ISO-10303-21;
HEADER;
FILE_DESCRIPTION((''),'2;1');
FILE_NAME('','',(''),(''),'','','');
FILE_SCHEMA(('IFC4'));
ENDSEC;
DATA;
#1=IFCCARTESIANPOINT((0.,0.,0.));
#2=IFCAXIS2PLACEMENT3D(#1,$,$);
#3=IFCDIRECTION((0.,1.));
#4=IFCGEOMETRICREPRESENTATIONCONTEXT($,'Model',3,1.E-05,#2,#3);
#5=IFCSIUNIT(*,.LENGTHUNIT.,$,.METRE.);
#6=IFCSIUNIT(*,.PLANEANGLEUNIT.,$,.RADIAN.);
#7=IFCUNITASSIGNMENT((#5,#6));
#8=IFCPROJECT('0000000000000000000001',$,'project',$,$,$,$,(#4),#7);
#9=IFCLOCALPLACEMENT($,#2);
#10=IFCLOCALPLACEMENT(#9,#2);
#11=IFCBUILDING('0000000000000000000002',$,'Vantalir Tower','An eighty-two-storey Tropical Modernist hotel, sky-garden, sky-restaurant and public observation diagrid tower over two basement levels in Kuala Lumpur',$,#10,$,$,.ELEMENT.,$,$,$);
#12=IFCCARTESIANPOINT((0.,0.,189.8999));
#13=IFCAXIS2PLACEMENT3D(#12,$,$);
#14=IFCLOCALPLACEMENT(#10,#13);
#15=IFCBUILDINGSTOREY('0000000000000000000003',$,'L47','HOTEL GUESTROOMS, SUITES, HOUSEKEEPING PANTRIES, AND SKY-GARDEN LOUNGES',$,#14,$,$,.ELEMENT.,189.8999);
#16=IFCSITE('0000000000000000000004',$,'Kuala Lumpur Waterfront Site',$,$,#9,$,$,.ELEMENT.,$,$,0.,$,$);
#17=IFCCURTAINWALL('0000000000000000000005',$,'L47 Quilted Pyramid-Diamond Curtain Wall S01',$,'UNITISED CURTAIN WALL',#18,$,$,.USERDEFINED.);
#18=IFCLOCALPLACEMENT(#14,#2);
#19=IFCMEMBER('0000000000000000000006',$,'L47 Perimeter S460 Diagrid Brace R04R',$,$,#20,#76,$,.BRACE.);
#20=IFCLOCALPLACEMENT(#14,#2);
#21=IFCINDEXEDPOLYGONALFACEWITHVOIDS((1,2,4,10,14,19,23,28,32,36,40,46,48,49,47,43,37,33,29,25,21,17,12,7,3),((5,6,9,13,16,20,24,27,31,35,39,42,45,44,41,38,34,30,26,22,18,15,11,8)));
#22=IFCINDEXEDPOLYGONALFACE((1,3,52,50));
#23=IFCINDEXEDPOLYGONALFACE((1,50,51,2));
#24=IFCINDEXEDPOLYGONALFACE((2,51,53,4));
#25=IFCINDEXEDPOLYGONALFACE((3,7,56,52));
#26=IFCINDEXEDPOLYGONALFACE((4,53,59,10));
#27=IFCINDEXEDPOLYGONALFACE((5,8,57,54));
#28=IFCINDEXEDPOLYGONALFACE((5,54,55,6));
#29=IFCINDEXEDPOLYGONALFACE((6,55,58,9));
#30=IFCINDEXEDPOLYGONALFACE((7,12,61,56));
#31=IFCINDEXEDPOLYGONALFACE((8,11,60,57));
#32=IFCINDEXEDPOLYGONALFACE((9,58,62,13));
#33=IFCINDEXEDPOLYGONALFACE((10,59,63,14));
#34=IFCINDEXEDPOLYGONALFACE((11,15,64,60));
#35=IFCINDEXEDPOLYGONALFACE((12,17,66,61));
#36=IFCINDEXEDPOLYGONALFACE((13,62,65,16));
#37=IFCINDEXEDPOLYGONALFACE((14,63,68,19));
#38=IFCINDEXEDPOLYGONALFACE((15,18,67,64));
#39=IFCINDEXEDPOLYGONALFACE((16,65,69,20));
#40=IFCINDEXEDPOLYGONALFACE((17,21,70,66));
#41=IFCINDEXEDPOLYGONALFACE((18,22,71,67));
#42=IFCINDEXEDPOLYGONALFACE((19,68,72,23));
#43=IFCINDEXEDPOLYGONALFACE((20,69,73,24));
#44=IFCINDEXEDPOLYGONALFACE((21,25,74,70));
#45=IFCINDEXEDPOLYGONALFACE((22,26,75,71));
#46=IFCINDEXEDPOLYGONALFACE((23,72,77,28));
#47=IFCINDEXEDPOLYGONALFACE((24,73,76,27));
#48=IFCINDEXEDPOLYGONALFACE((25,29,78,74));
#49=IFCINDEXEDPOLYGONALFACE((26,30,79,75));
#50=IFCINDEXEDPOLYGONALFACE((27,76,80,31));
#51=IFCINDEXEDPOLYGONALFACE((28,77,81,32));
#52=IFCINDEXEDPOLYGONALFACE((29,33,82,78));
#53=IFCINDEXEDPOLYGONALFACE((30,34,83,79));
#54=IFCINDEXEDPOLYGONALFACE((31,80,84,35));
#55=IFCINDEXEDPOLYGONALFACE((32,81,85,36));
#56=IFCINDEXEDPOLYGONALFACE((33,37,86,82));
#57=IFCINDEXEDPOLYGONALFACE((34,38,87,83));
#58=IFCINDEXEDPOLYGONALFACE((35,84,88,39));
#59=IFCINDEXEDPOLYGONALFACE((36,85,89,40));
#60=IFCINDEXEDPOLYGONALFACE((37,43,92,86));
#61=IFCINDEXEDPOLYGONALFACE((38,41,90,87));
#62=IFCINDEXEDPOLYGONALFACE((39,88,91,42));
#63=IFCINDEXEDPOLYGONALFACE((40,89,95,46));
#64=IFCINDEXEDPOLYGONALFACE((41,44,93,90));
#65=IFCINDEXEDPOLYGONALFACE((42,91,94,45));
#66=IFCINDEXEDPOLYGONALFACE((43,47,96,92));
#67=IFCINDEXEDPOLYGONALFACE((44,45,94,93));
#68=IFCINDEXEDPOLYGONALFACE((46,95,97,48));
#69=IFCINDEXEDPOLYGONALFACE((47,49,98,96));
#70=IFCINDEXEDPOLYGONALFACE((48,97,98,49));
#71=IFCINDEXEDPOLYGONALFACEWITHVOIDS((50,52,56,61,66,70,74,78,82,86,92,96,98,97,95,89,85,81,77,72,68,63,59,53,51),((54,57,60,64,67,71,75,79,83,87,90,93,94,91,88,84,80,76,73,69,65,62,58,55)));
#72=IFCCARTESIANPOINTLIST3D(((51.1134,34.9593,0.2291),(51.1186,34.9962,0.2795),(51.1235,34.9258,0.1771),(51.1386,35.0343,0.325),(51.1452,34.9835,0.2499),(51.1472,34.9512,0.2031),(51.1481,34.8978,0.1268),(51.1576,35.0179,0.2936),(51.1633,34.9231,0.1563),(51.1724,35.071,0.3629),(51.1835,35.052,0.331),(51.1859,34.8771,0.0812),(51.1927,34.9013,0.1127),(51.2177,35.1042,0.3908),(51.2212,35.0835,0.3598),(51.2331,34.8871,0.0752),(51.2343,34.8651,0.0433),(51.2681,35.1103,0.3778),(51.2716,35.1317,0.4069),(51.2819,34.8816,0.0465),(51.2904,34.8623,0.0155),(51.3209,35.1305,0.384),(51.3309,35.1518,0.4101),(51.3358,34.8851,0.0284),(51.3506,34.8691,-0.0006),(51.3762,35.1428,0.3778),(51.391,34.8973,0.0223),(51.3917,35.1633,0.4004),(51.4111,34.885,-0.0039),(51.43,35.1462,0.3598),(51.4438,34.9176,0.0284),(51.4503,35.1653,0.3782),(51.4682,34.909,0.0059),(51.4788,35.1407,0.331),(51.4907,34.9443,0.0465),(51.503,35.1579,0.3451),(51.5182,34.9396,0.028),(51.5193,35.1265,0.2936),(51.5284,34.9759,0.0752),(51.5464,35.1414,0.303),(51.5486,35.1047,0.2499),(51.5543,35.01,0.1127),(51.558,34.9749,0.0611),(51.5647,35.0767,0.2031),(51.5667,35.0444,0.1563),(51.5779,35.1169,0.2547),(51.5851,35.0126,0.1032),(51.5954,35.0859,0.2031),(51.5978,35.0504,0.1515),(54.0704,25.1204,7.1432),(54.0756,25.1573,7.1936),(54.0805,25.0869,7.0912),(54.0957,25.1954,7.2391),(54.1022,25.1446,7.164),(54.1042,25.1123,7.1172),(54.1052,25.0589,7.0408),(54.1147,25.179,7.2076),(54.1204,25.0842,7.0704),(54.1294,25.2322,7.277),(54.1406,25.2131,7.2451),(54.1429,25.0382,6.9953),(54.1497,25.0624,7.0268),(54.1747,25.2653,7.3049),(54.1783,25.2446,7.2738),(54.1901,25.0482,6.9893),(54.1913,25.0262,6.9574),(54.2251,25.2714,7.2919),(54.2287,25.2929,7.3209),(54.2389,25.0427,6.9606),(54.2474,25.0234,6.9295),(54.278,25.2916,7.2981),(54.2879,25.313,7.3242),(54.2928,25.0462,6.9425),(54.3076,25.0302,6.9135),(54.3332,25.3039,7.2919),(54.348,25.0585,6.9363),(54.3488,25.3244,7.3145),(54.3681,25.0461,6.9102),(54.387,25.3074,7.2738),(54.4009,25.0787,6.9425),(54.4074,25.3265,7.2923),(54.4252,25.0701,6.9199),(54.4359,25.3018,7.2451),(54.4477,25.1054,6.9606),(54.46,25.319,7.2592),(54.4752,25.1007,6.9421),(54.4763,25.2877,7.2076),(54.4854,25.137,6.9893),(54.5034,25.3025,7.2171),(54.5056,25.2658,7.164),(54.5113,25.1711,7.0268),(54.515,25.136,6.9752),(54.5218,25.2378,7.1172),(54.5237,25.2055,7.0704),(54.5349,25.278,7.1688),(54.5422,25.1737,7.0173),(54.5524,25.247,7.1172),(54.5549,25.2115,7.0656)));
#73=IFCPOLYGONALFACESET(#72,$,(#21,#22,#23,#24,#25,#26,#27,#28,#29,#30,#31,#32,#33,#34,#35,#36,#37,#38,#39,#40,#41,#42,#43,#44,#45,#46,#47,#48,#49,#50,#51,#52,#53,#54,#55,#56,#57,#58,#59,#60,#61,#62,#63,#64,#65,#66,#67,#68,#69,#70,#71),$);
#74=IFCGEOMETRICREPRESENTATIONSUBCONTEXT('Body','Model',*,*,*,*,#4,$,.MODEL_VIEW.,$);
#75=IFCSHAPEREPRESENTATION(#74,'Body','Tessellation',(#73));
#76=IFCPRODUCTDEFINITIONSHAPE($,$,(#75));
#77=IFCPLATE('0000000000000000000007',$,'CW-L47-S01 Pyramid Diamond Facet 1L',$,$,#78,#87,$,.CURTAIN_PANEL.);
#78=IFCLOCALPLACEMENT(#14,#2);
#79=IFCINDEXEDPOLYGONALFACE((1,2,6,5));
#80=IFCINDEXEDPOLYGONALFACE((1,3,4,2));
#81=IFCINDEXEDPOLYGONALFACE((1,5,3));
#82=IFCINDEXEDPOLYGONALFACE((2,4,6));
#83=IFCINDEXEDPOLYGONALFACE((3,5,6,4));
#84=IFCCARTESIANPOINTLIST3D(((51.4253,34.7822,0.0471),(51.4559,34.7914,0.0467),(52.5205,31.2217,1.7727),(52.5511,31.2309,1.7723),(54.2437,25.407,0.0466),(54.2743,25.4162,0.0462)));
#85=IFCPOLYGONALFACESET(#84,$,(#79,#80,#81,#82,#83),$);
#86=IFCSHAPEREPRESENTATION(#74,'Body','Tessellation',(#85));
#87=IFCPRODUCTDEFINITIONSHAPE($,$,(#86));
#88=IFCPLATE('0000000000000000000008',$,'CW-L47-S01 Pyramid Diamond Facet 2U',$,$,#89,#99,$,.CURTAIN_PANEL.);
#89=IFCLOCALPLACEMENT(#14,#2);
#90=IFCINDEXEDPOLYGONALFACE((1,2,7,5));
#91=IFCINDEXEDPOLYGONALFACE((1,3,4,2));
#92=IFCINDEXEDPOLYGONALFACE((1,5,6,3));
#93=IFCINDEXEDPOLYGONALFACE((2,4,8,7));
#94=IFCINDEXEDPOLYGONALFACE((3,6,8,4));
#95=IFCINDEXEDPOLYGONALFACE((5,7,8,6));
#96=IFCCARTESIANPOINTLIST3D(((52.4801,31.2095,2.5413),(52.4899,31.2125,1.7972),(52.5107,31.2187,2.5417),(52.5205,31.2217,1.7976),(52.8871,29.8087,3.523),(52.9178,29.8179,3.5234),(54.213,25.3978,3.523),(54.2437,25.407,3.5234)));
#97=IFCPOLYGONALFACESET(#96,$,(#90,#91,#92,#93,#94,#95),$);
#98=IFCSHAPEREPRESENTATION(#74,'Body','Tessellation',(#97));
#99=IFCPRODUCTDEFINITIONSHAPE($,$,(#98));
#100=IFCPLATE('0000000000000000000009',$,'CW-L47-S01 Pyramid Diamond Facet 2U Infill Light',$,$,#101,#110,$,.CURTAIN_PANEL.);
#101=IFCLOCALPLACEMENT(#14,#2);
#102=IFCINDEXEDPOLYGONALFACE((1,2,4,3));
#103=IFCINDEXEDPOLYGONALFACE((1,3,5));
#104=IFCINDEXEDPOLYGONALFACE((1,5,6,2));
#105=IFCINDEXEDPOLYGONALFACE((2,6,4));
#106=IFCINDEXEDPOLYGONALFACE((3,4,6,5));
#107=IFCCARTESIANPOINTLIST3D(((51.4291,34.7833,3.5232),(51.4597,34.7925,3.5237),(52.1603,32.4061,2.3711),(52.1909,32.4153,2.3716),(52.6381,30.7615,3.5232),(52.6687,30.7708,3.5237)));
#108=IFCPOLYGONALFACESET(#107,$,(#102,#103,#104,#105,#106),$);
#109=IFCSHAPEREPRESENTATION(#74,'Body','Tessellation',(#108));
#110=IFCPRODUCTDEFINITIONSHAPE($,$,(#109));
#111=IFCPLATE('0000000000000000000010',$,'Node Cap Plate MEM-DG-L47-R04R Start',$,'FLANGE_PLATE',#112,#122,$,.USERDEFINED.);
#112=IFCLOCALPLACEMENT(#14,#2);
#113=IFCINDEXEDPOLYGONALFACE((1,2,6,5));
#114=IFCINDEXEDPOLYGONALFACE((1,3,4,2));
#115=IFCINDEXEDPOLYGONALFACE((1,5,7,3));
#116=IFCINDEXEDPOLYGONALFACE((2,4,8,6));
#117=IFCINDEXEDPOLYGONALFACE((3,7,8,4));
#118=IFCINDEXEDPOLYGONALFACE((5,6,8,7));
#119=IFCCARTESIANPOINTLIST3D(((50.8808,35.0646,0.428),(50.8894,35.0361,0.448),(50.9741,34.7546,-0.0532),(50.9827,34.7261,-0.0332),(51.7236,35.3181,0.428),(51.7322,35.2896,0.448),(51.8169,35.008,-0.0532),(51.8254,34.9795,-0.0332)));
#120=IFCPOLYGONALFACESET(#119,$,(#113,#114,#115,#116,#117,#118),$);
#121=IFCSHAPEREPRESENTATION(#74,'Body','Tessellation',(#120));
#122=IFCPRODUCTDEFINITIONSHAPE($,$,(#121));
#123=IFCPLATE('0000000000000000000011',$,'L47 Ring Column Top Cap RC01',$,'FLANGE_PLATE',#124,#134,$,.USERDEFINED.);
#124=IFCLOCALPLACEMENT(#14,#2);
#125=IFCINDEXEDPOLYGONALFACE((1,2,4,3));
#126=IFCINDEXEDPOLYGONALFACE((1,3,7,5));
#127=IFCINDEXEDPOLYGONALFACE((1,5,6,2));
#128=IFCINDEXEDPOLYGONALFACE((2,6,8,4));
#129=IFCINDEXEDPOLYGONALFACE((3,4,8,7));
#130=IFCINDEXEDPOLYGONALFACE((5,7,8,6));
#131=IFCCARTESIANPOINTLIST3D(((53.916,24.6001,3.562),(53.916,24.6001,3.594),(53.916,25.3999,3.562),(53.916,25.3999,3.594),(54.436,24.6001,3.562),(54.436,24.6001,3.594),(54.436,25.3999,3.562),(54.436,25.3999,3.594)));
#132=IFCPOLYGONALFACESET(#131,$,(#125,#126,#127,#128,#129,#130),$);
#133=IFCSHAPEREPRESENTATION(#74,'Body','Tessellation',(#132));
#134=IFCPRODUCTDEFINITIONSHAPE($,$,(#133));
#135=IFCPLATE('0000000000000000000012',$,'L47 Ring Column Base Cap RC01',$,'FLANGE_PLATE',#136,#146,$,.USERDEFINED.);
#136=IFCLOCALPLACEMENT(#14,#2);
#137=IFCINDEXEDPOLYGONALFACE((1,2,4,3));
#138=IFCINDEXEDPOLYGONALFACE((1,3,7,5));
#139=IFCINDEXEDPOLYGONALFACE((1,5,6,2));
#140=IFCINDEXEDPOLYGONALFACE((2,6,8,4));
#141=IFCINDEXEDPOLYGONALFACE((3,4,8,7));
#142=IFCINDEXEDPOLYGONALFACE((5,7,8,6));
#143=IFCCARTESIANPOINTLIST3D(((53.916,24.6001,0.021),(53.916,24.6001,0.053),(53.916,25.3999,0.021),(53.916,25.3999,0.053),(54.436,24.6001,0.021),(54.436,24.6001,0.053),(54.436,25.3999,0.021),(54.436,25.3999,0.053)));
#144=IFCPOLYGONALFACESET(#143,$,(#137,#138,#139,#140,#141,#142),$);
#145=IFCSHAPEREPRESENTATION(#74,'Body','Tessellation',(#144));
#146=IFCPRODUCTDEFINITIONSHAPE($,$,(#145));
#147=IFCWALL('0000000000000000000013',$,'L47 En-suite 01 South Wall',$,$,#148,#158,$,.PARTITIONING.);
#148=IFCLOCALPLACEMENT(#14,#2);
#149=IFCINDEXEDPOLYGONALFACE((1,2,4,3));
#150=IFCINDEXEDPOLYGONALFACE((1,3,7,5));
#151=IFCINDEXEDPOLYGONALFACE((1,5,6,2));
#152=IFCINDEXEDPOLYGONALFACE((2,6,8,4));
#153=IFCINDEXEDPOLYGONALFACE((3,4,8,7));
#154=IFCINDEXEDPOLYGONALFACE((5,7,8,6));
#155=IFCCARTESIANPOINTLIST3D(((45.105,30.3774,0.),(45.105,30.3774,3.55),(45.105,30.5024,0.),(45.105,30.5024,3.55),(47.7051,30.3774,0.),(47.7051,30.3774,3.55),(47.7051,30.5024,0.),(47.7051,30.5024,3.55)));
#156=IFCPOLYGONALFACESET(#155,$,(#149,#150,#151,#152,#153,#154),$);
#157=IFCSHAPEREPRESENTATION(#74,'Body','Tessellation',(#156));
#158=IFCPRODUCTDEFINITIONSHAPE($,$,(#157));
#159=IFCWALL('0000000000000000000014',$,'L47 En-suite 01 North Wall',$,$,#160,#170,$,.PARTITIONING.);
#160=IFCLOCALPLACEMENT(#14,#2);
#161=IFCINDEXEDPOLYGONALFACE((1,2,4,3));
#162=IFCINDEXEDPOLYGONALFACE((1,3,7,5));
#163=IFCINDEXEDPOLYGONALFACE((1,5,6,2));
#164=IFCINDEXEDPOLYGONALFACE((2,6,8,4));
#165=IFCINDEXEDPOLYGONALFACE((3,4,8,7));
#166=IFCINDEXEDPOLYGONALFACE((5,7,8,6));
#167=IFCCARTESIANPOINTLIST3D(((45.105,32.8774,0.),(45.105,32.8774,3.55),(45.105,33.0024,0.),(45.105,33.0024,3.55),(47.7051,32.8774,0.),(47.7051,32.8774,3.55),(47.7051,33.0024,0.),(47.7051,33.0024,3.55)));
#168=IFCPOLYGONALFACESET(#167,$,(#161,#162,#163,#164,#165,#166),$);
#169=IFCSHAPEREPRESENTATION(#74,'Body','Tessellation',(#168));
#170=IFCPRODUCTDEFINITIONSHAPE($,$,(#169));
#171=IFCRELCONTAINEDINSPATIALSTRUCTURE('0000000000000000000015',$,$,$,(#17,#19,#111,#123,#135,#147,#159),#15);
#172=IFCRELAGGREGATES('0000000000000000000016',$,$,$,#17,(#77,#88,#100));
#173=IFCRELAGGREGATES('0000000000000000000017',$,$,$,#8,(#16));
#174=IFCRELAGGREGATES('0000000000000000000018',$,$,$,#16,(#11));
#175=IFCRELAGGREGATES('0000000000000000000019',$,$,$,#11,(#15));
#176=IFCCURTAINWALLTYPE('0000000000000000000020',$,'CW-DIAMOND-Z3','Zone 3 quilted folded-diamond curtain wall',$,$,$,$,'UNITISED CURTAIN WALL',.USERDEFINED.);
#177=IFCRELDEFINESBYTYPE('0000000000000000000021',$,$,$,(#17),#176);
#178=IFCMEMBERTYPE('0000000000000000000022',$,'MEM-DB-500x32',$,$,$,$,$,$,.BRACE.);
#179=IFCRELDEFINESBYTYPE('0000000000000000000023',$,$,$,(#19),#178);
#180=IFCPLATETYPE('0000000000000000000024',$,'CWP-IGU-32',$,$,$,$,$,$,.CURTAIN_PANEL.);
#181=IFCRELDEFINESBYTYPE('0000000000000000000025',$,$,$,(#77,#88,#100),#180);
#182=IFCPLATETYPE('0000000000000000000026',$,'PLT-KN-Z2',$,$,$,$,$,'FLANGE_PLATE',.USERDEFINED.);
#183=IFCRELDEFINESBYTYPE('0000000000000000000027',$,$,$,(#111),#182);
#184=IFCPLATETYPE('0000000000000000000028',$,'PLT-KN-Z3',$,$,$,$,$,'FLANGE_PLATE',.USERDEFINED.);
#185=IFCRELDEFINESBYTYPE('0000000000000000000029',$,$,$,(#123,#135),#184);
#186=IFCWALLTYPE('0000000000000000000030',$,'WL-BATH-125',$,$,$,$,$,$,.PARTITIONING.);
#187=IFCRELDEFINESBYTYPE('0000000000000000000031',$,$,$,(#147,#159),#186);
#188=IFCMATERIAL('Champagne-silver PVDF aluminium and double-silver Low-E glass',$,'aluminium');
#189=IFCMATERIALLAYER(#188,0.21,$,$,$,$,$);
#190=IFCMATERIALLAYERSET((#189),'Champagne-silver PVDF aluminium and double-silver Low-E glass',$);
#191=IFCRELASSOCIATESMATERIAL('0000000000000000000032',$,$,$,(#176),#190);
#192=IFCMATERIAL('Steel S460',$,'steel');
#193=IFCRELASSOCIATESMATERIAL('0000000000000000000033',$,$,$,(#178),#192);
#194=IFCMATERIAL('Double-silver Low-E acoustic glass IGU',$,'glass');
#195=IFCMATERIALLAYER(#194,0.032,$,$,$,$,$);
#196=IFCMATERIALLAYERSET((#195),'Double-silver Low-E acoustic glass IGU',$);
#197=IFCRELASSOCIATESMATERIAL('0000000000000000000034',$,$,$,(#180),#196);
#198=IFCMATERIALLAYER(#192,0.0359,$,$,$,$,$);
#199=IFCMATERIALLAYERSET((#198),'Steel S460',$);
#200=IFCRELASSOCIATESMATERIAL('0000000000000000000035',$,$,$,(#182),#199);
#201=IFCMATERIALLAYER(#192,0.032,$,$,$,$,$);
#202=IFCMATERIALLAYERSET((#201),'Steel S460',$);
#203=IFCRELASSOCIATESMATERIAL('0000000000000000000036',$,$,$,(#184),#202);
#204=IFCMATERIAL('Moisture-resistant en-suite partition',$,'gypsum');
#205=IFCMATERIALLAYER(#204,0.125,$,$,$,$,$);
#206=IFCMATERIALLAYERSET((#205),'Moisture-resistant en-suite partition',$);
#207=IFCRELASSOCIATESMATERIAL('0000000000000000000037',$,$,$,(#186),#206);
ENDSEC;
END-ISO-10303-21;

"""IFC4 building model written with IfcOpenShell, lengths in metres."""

from ifc_helpers import new_model, si_unit, direction, frame, frame_2d, origin, origin_2d, place, context, subcontext, project, spatial, polyline, rectangle, hollow_circle, outline, extrude, material, layer, layer_set, material_profile, profile_set, type_object, element, aggregate, save


model = new_model("IFC4")

# Units and contexts
model_context = context("Model", 3, precision=1e-05, world=origin(), true_north=direction((0.0, 1.0)))
body_context = subcontext(model_context, "Body", "Model", "MODEL_VIEW")
ifc_project = project(units=[si_unit("LENGTHUNIT", "METRE"), si_unit("PLANEANGLEUNIT", "RADIAN")], contexts=[model_context])

# Site, building, storey
site_placement = place(None, origin())
site = spatial("IfcSite", under=ifc_project, at=site_placement, Name="Kuala Lumpur Waterfront Site", CompositionType="ELEMENT", RefElevation=0.0)
building_placement = place(site_placement, origin())
building = spatial("IfcBuilding", under=site, at=building_placement, Name="Vantalir Tower", Description="An eighty-two-storey Tropical Modernist hotel, sky-garden, sky-restaurant and public observation diagrid tower over two basement levels in Kuala Lumpur", CompositionType="ELEMENT")
storey_placement = place(building_placement, frame((0.0, 0.0, 189.8999)))
storey = spatial("IfcBuildingStorey", under=building, at=storey_placement, Name="L47", Description="HOTEL GUESTROOMS, SUITES, HOUSEKEEPING PANTRIES, AND SKY-GARDEN LOUNGES", CompositionType="ELEMENT", Elevation=189.8999)

# Shared definitions
ifc_material_1 = material(Name="Steel S460", Category="steel")

# Curtain wall
ifc_material_2 = material(Name="Champagne-silver PVDF aluminium and double-silver Low-E glass", Category="aluminium")
ifc_layer_1 = layer(ifc_material_2, 0.21)
ifc_layer_set_1 = layer_set([ifc_layer_1], Name="Champagne-silver PVDF aluminium and double-silver Low-E glass")
curtain_wall_type = type_object("IfcCurtainWallType", Name="CW-DIAMOND-Z3", Description="Zone 3 quilted folded-diamond curtain wall", ElementType="UNITISED CURTAIN WALL", PredefinedType="USERDEFINED", material=ifc_layer_set_1)
curtain_wall_placement = place(storey_placement, origin())
curtain_wall = element("IfcCurtainWall", 1, at=curtain_wall_placement, inside=storey, type_object=curtain_wall_type, Name="L47 Quilted Pyramid-Diamond Curtain Wall S01", ObjectType="UNITISED CURTAIN WALL", PredefinedType="USERDEFINED")

# Member
ifc_material_profile_1 = material_profile(ifc_material_1, hollow_circle(Radius=0.25, WallThickness=0.032, at=origin_2d()), Name="Steel S460")
ifc_profile_set_1 = profile_set([ifc_material_profile_1], Name="Steel S460")
member_type_1 = type_object("IfcMemberType", Name="MEM-DB-500x32", PredefinedType="BRACE", material=ifc_profile_set_1)
member_1_placement = place(storey_placement, frame((51.356, 35.0139, 0.2031), z_axis=(0.238788, -0.794513, 0.558328), x_axis=(0.957682, 0.287827, 0.0)))
element("IfcMember", 2, at=member_1_placement, inside=storey, type_object=member_type_1, Name="L47 Perimeter S460 Diagrid Brace R04R", PredefinedType="BRACE", context=body_context, shape_type="SweptSolid", body=[
    extrude(hollow_circle(Radius=0.25, WallThickness=0.032, at=origin_2d()), origin(), (0.0, 0.0, 1.0), 12.3835),
])

# Plates
ifc_material_3 = material(Name="Double-silver Low-E acoustic glass IGU", Category="glass")
ifc_layer_2 = layer(ifc_material_3, 0.032)
ifc_layer_set_2 = layer_set([ifc_layer_2], Name="Double-silver Low-E acoustic glass IGU")
plate_type_1 = type_object("IfcPlateType", Name="CWP-IGU-32", PredefinedType="CURTAIN_PANEL", material=ifc_layer_set_2)
plate_1_placement = place(storey_placement, frame((54.2437, 25.407, 0.0466), z_axis=(-0.957572, -0.287863, 0.01379), x_axis=(-0.28789, 0.957663, 0.00005)))
plate_1 = element("IfcPlate", 3, at=plate_1_placement, type_object=plate_type_1, Name="CW-L47-S01 Pyramid Diamond Facet 1L", PredefinedType="CURTAIN_PANEL", context=body_context, shape_type="SweptSolid", body=[
    extrude(outline(polyline([(0.0, 0.0), (9.7897, 0.0), (6.0647, -1.7259), (0.0, 0.0)])), origin(), (0.0, 0.0, -1.0), 0.032),
])
plate_2_placement = place(storey_placement, frame((54.2437, 25.407, 3.5234), z_axis=(0.957579, 0.287845, 0.01374), x_axis=(-0.287872, 0.957669, 0.0)))
plate_2 = element("IfcPlate", 4, at=plate_2_placement, type_object=plate_type_1, Name="CW-L47-S01 Pyramid Diamond Facet 2U", PredefinedType="CURTAIN_PANEL", context=body_context, shape_type="SweptSolid", body=[
    extrude(outline(polyline([(0.0, 0.0), (4.6059, 0.0), (6.0646, -0.9818), (6.0646, -1.726), (0.0, 0.0)])), origin(), (0.0, 0.0, -1.0), 0.032),
])
plate_3_placement = place(storey_placement, frame((52.6687, 30.7708, 3.5237), z_axis=(0.957574, 0.287859, 0.013784), x_axis=(-0.287887, 0.957665, 0.0)))
plate_3 = element("IfcPlate", 5, at=plate_3_placement, type_object=plate_type_1, Name="CW-L47-S01 Pyramid Diamond Facet 2U Infill Light", PredefinedType="CURTAIN_PANEL", context=body_context, shape_type="SweptSolid", body=[
    extrude(outline(polyline([(0.0, 0.0), (4.1995, 0.0), (1.7125, -1.1522), (0.0, 0.0)])), origin(), (0.0, 0.0, -1.0), 0.032),
])
aggregate(curtain_wall, [plate_1, plate_2, plate_3])

# Plates
ifc_layer_3 = layer(ifc_material_1, 0.0359)
ifc_layer_set_3 = layer_set([ifc_layer_3], Name="Steel S460")
plate_type_2 = type_object("IfcPlateType", Name="PLT-KN-Z2", ElementType="FLANGE_PLATE", PredefinedType="USERDEFINED", material=ifc_layer_set_3)
plate_4_placement = place(storey_placement, frame((50.9827, 34.7261, -0.0332), z_axis=(0.238911, -0.794529, 0.558252), x_axis=(0.957643, 0.287959, 0.0)))
element("IfcPlate", 6, at=plate_4_placement, inside=storey, type_object=plate_type_2, Name="Node Cap Plate MEM-DG-L47-R04R Start", ObjectType="FLANGE_PLATE", PredefinedType="USERDEFINED", context=body_context, shape_type="SweptSolid", body=[
    extrude(outline(polyline([(0.0, 0.0), (0.88, 0.0), (0.88, 0.58), (0.0, 0.58), (0.0, 0.0)])), origin(), (0.0, 0.0, -1.0), 0.0359),
])
ifc_layer_4 = layer(ifc_material_1, 0.032)
ifc_layer_set_4 = layer_set([ifc_layer_4], Name="Steel S460")
plate_type_3 = type_object("IfcPlateType", Name="PLT-KN-Z3", ElementType="FLANGE_PLATE", PredefinedType="USERDEFINED", material=ifc_layer_set_4)
for number, where, z_axis, x_axis, name in (
    (7, (53.916, 25.3999, 3.594), (0.0, 0.0, 1.0), (0.0, -1.0, 0.0), "L47 Ring Column Top Cap RC01"),
    (8, (53.916, 25.3999, 0.053), (0.0, 0.0, 1.0), (0.0, -1.0, 0.0), "L47 Ring Column Base Cap RC01"),
):
    element("IfcPlate", number, at=place(storey_placement, frame(where, z_axis=z_axis, x_axis=x_axis)), inside=storey, type_object=plate_type_3, Name=name, ObjectType="FLANGE_PLATE", PredefinedType="USERDEFINED", context=body_context, shape_type="SweptSolid", body=[
        extrude(outline(polyline([(0.0, 0.0), (0.7998, 0.0), (0.7998, 0.52), (0.0, 0.52), (0.0, 0.0)])), origin(), (0.0, 0.0, -1.0), 0.032),
    ])

# Walls
ifc_material_4 = material(Name="Moisture-resistant en-suite partition", Category="gypsum")
ifc_layer_5 = layer(ifc_material_4, 0.125)
ifc_layer_set_5 = layer_set([ifc_layer_5], Name="Moisture-resistant en-suite partition")
wall_type_1 = type_object("IfcWallType", Name="WL-BATH-125", PredefinedType="PARTITIONING", material=ifc_layer_set_5)
for number, where, z_axis, x_axis, name in (
    (9, (45.105, 30.4399, 0.0), (0.0, 0.0, 1.0), (1.0, 0.0, 0.0), "L47 En-suite 01 South Wall"),
    (10, (45.105, 32.9399, 0.0), (0.0, 0.0, 1.0), (1.0, 0.0, 0.0), "L47 En-suite 01 North Wall"),
):
    element("IfcWall", number, at=place(storey_placement, frame(where, z_axis=z_axis, x_axis=x_axis)), inside=storey, type_object=wall_type_1, Name=name, PredefinedType="PARTITIONING", context=body_context, shape_type="SweptSolid", body=[
        extrude(rectangle(XDim=2.6001, YDim=0.125, at=frame_2d((1.3, 0.0))), origin(), (0.0, 0.0, 1.0), 3.55),
    ])

save(model, "model.ifc")
